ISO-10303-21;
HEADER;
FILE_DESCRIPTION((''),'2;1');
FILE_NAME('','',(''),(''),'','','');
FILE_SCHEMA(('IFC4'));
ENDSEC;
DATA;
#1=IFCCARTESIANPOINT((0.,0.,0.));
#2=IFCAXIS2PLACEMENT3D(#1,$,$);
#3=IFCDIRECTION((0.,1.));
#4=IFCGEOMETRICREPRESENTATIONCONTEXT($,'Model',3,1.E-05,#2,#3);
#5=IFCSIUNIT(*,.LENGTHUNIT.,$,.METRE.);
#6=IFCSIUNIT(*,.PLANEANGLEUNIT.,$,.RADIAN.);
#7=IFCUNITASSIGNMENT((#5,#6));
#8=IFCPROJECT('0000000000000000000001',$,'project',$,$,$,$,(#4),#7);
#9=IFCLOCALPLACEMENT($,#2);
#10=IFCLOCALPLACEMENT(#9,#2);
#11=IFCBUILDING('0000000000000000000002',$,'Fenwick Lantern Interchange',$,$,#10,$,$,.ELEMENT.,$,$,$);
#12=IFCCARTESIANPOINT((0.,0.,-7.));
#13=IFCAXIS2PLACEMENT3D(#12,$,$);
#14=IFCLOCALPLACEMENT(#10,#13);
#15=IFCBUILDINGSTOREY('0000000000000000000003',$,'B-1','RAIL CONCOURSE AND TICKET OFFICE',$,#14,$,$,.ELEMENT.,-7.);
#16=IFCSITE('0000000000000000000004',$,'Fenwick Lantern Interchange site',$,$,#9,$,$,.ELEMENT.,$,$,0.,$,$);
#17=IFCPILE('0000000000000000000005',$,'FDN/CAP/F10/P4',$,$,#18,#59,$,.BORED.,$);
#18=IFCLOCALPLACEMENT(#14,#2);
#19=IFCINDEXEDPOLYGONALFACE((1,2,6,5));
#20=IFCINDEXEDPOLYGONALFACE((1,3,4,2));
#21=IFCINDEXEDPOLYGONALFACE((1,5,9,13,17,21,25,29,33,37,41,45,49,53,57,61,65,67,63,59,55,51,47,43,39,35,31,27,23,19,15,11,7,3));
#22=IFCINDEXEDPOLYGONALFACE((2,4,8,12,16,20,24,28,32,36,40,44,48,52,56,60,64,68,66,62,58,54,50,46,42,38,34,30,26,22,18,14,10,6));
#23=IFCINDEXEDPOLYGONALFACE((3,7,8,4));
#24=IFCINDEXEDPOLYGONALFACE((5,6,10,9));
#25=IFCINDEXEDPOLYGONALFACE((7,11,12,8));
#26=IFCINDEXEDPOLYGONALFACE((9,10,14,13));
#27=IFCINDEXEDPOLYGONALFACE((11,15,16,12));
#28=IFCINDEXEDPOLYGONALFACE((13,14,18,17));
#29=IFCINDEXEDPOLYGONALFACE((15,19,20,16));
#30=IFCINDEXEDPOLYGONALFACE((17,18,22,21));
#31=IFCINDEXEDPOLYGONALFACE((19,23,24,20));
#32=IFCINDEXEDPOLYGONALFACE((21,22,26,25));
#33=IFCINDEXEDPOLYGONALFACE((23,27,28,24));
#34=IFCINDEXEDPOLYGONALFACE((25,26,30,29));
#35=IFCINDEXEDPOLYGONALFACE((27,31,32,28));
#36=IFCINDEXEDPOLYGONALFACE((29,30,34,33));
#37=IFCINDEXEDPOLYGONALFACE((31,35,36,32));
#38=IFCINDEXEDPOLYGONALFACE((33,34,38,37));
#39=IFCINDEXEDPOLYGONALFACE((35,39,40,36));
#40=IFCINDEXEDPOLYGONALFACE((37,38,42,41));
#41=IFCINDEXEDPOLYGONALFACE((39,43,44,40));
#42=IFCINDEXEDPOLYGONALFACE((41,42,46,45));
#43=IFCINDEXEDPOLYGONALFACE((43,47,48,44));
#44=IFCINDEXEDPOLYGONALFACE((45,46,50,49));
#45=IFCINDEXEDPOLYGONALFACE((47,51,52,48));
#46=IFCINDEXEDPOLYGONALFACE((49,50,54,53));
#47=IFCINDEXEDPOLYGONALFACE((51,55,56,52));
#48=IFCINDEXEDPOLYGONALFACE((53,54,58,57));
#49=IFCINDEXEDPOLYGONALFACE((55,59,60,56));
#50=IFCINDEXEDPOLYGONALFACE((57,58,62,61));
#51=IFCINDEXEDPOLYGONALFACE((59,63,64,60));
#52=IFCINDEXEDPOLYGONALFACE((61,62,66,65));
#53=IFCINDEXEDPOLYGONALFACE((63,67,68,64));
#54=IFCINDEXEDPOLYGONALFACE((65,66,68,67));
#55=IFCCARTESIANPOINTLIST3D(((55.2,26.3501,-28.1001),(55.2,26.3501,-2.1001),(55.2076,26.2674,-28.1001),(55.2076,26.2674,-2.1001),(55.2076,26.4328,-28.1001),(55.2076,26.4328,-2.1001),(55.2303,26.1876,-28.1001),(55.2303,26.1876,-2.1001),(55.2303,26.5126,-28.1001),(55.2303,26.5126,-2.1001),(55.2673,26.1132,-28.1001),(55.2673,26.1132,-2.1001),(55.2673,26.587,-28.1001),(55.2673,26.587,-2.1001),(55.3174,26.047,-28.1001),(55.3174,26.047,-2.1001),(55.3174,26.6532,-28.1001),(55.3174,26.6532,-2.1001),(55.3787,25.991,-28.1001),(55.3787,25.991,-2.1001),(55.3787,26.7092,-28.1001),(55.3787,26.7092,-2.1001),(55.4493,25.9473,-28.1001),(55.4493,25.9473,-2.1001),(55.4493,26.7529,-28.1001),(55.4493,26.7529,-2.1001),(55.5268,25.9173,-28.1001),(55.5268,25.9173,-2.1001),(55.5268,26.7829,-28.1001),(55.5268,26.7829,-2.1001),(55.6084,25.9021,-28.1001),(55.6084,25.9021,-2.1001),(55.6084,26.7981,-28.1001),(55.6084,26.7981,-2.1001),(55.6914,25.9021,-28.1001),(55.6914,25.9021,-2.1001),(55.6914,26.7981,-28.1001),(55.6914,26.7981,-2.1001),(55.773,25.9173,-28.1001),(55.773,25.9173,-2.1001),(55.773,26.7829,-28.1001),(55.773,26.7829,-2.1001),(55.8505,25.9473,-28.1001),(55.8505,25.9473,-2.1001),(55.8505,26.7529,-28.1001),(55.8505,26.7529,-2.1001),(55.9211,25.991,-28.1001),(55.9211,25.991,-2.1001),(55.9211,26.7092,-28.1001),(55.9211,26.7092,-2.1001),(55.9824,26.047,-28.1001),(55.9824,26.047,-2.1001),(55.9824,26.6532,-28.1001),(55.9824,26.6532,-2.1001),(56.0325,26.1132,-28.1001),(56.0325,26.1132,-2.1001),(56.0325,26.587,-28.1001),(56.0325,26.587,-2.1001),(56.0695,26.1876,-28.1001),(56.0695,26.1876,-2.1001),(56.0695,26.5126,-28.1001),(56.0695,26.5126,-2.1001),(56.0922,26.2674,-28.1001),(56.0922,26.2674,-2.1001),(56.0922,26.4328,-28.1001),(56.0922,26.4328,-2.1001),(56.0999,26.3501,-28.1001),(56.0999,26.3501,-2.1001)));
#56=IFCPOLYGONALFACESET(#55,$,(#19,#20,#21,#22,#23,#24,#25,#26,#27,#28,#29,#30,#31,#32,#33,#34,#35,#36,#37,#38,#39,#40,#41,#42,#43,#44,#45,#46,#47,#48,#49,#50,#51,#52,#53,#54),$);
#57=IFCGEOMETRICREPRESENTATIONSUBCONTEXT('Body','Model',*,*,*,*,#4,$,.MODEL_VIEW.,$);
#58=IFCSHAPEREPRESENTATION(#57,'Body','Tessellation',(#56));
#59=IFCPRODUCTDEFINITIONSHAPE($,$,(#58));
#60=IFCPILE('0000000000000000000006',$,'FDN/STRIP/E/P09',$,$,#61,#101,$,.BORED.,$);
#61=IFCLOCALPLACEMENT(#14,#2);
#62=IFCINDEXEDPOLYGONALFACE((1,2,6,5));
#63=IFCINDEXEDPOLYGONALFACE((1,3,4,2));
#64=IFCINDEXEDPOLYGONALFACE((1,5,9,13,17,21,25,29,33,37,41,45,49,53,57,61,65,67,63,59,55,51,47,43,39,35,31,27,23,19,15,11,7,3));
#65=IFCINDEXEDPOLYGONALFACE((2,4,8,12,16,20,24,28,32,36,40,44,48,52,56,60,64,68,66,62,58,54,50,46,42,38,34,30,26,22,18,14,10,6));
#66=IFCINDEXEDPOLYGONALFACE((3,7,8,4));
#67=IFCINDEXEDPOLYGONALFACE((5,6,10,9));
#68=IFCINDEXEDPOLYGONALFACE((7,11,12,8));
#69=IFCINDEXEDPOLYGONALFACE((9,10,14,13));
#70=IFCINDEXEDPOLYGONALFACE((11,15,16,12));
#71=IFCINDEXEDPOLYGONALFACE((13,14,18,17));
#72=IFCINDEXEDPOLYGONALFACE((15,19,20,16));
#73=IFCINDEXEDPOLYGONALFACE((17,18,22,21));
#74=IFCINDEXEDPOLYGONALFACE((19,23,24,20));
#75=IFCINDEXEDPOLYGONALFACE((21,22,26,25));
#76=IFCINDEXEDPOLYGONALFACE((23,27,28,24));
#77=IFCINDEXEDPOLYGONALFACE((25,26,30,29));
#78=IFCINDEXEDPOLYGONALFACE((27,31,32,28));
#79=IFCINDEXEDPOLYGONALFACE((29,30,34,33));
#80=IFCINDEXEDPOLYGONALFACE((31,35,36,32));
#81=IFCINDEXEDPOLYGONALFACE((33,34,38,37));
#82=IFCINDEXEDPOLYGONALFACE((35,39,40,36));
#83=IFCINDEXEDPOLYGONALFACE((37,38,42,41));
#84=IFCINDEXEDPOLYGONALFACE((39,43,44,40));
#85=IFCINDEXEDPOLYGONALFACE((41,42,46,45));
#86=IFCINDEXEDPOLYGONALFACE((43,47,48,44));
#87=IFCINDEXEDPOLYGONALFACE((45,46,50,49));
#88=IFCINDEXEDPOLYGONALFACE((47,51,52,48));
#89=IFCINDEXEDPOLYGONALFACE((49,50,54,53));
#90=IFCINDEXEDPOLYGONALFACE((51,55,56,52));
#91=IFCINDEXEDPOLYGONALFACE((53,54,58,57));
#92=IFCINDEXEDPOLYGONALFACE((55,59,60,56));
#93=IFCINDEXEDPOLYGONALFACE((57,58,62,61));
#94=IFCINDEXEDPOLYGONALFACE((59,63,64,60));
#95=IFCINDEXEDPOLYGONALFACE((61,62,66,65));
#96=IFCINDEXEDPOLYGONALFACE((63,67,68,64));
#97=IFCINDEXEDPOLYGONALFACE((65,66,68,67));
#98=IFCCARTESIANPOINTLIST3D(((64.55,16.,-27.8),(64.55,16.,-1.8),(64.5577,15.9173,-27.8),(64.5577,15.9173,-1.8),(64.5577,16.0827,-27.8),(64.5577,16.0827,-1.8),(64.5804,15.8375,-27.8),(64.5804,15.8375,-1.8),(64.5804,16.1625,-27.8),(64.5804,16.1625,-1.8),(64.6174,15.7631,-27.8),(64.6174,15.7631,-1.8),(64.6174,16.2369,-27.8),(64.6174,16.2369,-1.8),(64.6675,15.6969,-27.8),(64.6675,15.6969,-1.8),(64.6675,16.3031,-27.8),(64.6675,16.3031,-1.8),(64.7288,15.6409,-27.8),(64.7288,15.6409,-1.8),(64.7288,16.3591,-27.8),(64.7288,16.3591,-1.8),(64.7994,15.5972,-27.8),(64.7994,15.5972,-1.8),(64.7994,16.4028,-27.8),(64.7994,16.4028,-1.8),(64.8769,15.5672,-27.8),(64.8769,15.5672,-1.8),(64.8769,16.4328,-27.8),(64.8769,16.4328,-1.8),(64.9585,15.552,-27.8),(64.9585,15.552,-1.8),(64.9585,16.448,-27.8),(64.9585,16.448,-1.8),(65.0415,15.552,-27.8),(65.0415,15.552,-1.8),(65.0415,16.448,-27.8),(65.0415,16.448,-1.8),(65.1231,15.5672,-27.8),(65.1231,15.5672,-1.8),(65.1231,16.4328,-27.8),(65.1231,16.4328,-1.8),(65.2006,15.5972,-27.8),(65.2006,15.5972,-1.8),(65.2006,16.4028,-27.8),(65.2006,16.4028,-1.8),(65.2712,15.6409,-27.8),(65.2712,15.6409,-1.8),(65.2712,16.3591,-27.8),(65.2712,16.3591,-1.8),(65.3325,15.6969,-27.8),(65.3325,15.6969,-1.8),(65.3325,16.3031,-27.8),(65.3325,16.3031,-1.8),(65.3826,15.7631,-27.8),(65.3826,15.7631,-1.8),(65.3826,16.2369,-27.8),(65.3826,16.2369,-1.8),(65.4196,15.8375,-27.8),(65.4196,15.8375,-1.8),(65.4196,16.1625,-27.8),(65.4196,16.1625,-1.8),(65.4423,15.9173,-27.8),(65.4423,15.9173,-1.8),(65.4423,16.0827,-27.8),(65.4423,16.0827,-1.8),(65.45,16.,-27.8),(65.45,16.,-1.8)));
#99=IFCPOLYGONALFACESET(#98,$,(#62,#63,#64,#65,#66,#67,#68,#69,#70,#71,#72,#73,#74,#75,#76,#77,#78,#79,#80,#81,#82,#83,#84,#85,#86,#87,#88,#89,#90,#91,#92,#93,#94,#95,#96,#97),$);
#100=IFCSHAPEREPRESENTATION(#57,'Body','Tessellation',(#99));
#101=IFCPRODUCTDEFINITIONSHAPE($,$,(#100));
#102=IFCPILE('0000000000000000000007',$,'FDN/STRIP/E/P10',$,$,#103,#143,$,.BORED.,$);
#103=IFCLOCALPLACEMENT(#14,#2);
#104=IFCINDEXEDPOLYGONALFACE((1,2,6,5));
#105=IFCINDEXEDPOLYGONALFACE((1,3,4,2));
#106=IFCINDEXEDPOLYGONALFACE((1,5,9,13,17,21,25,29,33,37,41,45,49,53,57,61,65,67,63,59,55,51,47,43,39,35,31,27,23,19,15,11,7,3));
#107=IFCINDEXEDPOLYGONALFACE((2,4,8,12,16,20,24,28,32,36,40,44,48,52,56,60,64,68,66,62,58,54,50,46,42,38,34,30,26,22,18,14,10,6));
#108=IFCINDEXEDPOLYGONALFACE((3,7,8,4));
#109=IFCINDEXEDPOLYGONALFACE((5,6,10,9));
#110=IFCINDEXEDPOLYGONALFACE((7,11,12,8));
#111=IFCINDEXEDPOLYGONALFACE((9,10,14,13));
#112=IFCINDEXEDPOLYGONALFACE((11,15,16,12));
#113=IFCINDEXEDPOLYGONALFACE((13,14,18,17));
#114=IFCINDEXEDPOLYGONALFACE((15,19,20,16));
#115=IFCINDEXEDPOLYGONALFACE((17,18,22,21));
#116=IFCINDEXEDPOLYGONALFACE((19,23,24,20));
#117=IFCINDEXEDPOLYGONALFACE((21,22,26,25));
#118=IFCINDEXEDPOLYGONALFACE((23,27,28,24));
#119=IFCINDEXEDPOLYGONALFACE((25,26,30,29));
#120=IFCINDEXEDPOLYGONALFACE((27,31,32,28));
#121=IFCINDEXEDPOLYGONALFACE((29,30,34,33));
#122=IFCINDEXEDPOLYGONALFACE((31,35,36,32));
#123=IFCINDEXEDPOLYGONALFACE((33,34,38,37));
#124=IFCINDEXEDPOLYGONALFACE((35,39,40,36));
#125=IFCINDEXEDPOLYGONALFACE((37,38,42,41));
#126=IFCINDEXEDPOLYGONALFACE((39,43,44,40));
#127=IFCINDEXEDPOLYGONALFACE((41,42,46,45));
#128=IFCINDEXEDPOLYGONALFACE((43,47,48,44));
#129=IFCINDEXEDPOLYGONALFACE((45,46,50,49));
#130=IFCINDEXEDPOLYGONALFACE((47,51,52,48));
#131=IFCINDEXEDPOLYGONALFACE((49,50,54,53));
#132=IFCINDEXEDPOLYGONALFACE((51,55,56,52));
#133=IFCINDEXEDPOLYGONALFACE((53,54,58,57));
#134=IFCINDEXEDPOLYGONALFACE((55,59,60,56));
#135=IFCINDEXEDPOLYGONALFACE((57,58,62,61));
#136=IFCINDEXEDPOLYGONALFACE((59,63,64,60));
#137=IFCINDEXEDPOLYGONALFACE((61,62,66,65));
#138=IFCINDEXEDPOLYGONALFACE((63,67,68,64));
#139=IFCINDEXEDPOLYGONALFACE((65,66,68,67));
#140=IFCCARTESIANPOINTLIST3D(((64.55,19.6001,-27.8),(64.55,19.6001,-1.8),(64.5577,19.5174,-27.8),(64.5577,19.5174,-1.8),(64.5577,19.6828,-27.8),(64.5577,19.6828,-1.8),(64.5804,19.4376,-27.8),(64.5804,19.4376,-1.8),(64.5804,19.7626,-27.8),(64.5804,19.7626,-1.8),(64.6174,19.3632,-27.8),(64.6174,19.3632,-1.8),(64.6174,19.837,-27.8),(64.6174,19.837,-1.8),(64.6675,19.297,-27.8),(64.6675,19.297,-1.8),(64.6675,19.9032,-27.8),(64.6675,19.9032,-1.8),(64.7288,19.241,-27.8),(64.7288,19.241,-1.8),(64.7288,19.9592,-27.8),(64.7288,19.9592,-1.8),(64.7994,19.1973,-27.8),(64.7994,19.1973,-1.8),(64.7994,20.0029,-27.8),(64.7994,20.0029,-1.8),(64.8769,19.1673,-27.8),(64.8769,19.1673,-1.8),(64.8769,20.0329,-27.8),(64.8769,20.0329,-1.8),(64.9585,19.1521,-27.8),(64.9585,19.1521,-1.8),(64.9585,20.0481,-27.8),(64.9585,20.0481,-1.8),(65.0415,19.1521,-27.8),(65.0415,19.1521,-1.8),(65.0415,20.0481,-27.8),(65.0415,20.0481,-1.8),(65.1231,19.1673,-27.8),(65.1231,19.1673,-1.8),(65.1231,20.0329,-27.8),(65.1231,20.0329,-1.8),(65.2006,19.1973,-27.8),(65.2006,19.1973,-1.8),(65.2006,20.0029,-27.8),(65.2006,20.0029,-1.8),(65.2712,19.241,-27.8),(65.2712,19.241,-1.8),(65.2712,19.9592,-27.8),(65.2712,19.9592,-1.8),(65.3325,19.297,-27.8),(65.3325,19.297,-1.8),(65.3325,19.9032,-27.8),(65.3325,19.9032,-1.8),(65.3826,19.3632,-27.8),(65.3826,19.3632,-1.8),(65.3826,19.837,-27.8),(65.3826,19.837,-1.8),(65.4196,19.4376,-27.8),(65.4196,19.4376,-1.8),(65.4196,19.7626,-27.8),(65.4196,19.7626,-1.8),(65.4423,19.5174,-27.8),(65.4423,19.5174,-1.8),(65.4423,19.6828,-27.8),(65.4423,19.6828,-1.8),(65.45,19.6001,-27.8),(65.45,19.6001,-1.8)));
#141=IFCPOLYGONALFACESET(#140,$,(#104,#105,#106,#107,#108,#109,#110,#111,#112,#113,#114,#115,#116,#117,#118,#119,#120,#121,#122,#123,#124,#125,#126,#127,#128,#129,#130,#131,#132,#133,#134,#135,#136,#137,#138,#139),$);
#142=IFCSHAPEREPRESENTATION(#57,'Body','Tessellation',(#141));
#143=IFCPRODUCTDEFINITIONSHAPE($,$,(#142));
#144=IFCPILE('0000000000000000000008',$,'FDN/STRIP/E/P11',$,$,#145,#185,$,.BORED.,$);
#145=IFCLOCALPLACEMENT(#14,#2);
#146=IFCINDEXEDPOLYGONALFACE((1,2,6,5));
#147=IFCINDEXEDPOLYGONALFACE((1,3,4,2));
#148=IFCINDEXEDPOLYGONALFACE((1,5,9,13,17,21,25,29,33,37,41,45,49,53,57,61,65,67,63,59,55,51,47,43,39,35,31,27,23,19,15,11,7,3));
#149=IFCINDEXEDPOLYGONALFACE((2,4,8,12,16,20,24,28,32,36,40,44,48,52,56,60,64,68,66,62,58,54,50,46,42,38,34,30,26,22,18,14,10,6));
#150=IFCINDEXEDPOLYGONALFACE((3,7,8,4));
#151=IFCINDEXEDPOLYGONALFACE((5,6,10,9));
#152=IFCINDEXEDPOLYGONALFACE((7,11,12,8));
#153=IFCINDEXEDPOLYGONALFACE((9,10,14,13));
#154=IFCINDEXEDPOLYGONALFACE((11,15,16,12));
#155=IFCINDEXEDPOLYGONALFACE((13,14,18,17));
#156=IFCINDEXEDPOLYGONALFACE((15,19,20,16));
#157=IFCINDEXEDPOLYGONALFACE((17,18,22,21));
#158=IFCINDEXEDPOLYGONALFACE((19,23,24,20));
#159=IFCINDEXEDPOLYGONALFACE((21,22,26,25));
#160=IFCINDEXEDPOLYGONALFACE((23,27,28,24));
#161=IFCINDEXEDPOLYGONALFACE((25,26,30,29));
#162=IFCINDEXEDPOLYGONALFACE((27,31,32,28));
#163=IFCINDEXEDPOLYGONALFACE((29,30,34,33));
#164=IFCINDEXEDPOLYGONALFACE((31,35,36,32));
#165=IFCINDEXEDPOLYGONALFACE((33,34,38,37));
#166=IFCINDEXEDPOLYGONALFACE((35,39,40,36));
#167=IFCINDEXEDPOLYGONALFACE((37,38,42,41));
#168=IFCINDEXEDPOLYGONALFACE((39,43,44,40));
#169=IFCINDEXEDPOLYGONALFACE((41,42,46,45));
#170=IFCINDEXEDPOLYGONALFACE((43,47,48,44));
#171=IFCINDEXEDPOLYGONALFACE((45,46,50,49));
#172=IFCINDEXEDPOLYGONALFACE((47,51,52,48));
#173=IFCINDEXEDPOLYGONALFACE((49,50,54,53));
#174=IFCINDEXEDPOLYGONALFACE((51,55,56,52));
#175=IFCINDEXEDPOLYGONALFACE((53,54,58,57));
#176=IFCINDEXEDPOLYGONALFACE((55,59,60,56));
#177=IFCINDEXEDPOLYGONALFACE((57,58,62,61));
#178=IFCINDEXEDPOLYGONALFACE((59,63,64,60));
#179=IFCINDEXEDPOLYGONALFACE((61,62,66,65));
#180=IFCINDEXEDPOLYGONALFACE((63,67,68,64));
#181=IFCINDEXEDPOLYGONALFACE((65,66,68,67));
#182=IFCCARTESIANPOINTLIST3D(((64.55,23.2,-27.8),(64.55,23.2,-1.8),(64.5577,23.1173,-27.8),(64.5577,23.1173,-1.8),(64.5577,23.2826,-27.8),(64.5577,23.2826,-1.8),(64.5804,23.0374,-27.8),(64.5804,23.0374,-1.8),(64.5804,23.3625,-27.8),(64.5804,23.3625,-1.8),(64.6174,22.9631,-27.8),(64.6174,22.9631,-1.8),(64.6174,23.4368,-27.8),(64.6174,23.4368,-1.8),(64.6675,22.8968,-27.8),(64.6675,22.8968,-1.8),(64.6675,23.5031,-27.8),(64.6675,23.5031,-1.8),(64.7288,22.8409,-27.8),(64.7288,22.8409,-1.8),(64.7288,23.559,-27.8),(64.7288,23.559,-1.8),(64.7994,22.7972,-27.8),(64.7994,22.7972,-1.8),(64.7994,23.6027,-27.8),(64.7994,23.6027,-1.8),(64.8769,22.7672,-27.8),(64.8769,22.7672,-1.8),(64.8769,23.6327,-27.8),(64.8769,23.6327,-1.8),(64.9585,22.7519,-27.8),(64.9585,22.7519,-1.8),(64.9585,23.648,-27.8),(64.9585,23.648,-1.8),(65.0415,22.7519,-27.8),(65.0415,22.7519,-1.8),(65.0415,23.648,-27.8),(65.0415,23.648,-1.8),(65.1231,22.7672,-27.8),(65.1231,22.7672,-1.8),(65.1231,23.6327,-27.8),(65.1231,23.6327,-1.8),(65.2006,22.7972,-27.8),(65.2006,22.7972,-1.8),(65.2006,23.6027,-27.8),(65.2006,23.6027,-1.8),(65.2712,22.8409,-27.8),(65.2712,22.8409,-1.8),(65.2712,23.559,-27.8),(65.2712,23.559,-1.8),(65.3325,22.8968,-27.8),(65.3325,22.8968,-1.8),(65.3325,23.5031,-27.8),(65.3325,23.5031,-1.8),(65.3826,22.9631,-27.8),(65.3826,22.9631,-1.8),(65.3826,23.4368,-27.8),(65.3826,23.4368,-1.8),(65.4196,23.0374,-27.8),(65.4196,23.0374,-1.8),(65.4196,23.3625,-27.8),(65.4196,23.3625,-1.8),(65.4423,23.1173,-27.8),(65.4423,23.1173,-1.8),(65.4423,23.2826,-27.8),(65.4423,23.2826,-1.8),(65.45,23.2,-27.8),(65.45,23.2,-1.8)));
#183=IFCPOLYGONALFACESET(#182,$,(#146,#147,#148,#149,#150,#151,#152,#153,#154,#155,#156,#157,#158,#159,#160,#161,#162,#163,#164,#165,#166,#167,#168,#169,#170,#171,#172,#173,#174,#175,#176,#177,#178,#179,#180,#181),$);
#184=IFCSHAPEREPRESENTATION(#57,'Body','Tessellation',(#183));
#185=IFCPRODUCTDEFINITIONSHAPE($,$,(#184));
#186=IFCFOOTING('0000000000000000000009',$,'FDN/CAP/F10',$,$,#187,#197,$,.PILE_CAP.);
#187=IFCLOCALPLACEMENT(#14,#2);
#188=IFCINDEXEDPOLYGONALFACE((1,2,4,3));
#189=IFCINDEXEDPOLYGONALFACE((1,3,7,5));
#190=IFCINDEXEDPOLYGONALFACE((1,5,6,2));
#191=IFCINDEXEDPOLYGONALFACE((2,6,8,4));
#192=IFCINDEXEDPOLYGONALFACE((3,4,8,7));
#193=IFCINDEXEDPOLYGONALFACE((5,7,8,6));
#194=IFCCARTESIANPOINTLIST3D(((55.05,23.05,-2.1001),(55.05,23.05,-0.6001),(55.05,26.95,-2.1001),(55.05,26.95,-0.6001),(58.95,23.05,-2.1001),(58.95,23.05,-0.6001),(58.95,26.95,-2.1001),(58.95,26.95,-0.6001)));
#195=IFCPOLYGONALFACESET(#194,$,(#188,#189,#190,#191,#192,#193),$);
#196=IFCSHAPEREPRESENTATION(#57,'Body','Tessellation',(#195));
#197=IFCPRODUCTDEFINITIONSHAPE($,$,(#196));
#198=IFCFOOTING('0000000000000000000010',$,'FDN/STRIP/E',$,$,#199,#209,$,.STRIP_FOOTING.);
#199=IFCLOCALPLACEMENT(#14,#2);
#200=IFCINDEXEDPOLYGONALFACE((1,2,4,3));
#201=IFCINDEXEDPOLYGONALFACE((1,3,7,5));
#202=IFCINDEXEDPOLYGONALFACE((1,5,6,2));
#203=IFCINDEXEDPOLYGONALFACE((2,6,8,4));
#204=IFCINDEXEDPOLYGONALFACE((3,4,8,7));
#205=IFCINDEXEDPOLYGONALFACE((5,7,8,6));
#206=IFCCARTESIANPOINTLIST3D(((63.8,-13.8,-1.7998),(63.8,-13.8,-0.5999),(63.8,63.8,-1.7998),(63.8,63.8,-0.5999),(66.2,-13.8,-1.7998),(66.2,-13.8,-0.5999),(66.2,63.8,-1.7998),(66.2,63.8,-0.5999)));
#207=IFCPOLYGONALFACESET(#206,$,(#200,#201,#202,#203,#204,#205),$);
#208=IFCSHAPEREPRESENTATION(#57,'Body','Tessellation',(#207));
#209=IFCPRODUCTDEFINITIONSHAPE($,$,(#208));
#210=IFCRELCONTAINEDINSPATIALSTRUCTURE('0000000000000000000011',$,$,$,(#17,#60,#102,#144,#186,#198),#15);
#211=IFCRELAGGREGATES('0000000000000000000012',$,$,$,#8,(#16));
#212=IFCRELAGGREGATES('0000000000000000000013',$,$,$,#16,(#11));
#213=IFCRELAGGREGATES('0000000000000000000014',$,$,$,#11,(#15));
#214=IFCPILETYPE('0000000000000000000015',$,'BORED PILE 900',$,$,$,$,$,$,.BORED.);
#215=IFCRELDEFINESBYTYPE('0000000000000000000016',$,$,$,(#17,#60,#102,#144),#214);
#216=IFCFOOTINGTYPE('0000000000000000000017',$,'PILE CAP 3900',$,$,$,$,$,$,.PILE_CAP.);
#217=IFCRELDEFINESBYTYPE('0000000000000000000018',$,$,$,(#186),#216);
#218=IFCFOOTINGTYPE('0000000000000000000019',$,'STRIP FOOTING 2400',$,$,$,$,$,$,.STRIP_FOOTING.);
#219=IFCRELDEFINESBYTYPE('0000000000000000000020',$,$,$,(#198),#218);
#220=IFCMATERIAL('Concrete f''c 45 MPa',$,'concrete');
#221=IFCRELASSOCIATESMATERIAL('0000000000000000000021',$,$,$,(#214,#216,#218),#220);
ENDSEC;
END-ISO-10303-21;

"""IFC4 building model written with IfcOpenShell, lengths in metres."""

from ifc_helpers import new_model, si_unit, direction, frame, origin, origin_2d, place, context, subcontext, project, spatial, rectangle, circle, extrude, material, type_object, element, save


model = new_model("IFC4")

# Units and contexts
model_context = context("Model", 3, precision=1e-05, world=origin(), true_north=direction((0.0, 1.0)))
body_context = subcontext(model_context, "Body", "Model", "MODEL_VIEW")
ifc_project = project(units=[si_unit("LENGTHUNIT", "METRE"), si_unit("PLANEANGLEUNIT", "RADIAN")], contexts=[model_context])

# Site, building, storey
site_placement = place(None, origin())
site = spatial("IfcSite", under=ifc_project, at=site_placement, Name="Fenwick Lantern Interchange site", CompositionType="ELEMENT", RefElevation=0.0)
building_placement = place(site_placement, origin())
building = spatial("IfcBuilding", under=site, at=building_placement, Name="Fenwick Lantern Interchange", CompositionType="ELEMENT")
storey_placement = place(building_placement, frame((0.0, 0.0, -7.0)))
storey = spatial("IfcBuildingStorey", under=building, at=storey_placement, Name="B-1", Description="RAIL CONCOURSE AND TICKET OFFICE", CompositionType="ELEMENT", Elevation=-7.0)

# Piles
ifc_material_1 = material(Name="Concrete f'c 45 MPa", Category="concrete")
pile_type_1 = type_object("IfcPileType", Name="BORED PILE 900", PredefinedType="BORED", material=ifc_material_1)
for number, where, z_axis, x_axis, name in (
    (1, (55.6499, 26.3501, -2.1001), (0.0, 0.0, -1.0), (1.0, 0.0, 0.0), "FDN/CAP/F10/P4"),
    (2, (65.0, 16.0, -1.8), (0.0, 0.0, -1.0), (1.0, 0.0, 0.0), "FDN/STRIP/E/P09"),
    (3, (65.0, 19.6001, -1.8), (0.0, 0.0, -1.0), (1.0, 0.0, 0.0), "FDN/STRIP/E/P10"),
    (4, (65.0, 23.2, -1.8), (0.0, 0.0, -1.0), (1.0, 0.0, 0.0), "FDN/STRIP/E/P11"),
):
    element("IfcPile", number, at=place(storey_placement, frame(where, z_axis=z_axis, x_axis=x_axis)), inside=storey, type_object=pile_type_1, Name=name, PredefinedType="BORED", context=body_context, shape_type="SweptSolid", body=[
        extrude(circle(Radius=0.45, at=origin_2d()), origin(), (0.0, 0.0, 1.0), 26.0),
    ])

# Footings
footing_type_1 = type_object("IfcFootingType", Name="PILE CAP 3900", PredefinedType="PILE_CAP", material=ifc_material_1)
footing_1_placement = place(storey_placement, frame((57.0, 25.0, -2.1001), z_axis=(0.0, 0.0, 1.0), x_axis=(1.0, 0.0, 0.0)))
element("IfcFooting", 5, at=footing_1_placement, inside=storey, type_object=footing_type_1, Name="FDN/CAP/F10", PredefinedType="PILE_CAP", context=body_context, shape_type="SweptSolid", body=[
    extrude(rectangle(XDim=3.8999, YDim=3.8999, at=origin_2d()), origin(), (0.0, 0.0, 1.0), 1.5),
])
footing_type_2 = type_object("IfcFootingType", Name="STRIP FOOTING 2400", PredefinedType="STRIP_FOOTING", material=ifc_material_1)
footing_2_placement = place(storey_placement, frame((65.0, 25.0, -1.7998), z_axis=(0.0, 0.0, 1.0), x_axis=(1.0, 0.0, 0.0)))
element("IfcFooting", 6, at=footing_2_placement, inside=storey, type_object=footing_type_2, Name="FDN/STRIP/E", PredefinedType="STRIP_FOOTING", context=body_context, shape_type="SweptSolid", body=[
    extrude(rectangle(XDim=2.3999, YDim=77.6001, at=origin_2d()), origin(), (0.0, 0.0, 1.0), 1.2),
])

save(model, "model.ifc")
